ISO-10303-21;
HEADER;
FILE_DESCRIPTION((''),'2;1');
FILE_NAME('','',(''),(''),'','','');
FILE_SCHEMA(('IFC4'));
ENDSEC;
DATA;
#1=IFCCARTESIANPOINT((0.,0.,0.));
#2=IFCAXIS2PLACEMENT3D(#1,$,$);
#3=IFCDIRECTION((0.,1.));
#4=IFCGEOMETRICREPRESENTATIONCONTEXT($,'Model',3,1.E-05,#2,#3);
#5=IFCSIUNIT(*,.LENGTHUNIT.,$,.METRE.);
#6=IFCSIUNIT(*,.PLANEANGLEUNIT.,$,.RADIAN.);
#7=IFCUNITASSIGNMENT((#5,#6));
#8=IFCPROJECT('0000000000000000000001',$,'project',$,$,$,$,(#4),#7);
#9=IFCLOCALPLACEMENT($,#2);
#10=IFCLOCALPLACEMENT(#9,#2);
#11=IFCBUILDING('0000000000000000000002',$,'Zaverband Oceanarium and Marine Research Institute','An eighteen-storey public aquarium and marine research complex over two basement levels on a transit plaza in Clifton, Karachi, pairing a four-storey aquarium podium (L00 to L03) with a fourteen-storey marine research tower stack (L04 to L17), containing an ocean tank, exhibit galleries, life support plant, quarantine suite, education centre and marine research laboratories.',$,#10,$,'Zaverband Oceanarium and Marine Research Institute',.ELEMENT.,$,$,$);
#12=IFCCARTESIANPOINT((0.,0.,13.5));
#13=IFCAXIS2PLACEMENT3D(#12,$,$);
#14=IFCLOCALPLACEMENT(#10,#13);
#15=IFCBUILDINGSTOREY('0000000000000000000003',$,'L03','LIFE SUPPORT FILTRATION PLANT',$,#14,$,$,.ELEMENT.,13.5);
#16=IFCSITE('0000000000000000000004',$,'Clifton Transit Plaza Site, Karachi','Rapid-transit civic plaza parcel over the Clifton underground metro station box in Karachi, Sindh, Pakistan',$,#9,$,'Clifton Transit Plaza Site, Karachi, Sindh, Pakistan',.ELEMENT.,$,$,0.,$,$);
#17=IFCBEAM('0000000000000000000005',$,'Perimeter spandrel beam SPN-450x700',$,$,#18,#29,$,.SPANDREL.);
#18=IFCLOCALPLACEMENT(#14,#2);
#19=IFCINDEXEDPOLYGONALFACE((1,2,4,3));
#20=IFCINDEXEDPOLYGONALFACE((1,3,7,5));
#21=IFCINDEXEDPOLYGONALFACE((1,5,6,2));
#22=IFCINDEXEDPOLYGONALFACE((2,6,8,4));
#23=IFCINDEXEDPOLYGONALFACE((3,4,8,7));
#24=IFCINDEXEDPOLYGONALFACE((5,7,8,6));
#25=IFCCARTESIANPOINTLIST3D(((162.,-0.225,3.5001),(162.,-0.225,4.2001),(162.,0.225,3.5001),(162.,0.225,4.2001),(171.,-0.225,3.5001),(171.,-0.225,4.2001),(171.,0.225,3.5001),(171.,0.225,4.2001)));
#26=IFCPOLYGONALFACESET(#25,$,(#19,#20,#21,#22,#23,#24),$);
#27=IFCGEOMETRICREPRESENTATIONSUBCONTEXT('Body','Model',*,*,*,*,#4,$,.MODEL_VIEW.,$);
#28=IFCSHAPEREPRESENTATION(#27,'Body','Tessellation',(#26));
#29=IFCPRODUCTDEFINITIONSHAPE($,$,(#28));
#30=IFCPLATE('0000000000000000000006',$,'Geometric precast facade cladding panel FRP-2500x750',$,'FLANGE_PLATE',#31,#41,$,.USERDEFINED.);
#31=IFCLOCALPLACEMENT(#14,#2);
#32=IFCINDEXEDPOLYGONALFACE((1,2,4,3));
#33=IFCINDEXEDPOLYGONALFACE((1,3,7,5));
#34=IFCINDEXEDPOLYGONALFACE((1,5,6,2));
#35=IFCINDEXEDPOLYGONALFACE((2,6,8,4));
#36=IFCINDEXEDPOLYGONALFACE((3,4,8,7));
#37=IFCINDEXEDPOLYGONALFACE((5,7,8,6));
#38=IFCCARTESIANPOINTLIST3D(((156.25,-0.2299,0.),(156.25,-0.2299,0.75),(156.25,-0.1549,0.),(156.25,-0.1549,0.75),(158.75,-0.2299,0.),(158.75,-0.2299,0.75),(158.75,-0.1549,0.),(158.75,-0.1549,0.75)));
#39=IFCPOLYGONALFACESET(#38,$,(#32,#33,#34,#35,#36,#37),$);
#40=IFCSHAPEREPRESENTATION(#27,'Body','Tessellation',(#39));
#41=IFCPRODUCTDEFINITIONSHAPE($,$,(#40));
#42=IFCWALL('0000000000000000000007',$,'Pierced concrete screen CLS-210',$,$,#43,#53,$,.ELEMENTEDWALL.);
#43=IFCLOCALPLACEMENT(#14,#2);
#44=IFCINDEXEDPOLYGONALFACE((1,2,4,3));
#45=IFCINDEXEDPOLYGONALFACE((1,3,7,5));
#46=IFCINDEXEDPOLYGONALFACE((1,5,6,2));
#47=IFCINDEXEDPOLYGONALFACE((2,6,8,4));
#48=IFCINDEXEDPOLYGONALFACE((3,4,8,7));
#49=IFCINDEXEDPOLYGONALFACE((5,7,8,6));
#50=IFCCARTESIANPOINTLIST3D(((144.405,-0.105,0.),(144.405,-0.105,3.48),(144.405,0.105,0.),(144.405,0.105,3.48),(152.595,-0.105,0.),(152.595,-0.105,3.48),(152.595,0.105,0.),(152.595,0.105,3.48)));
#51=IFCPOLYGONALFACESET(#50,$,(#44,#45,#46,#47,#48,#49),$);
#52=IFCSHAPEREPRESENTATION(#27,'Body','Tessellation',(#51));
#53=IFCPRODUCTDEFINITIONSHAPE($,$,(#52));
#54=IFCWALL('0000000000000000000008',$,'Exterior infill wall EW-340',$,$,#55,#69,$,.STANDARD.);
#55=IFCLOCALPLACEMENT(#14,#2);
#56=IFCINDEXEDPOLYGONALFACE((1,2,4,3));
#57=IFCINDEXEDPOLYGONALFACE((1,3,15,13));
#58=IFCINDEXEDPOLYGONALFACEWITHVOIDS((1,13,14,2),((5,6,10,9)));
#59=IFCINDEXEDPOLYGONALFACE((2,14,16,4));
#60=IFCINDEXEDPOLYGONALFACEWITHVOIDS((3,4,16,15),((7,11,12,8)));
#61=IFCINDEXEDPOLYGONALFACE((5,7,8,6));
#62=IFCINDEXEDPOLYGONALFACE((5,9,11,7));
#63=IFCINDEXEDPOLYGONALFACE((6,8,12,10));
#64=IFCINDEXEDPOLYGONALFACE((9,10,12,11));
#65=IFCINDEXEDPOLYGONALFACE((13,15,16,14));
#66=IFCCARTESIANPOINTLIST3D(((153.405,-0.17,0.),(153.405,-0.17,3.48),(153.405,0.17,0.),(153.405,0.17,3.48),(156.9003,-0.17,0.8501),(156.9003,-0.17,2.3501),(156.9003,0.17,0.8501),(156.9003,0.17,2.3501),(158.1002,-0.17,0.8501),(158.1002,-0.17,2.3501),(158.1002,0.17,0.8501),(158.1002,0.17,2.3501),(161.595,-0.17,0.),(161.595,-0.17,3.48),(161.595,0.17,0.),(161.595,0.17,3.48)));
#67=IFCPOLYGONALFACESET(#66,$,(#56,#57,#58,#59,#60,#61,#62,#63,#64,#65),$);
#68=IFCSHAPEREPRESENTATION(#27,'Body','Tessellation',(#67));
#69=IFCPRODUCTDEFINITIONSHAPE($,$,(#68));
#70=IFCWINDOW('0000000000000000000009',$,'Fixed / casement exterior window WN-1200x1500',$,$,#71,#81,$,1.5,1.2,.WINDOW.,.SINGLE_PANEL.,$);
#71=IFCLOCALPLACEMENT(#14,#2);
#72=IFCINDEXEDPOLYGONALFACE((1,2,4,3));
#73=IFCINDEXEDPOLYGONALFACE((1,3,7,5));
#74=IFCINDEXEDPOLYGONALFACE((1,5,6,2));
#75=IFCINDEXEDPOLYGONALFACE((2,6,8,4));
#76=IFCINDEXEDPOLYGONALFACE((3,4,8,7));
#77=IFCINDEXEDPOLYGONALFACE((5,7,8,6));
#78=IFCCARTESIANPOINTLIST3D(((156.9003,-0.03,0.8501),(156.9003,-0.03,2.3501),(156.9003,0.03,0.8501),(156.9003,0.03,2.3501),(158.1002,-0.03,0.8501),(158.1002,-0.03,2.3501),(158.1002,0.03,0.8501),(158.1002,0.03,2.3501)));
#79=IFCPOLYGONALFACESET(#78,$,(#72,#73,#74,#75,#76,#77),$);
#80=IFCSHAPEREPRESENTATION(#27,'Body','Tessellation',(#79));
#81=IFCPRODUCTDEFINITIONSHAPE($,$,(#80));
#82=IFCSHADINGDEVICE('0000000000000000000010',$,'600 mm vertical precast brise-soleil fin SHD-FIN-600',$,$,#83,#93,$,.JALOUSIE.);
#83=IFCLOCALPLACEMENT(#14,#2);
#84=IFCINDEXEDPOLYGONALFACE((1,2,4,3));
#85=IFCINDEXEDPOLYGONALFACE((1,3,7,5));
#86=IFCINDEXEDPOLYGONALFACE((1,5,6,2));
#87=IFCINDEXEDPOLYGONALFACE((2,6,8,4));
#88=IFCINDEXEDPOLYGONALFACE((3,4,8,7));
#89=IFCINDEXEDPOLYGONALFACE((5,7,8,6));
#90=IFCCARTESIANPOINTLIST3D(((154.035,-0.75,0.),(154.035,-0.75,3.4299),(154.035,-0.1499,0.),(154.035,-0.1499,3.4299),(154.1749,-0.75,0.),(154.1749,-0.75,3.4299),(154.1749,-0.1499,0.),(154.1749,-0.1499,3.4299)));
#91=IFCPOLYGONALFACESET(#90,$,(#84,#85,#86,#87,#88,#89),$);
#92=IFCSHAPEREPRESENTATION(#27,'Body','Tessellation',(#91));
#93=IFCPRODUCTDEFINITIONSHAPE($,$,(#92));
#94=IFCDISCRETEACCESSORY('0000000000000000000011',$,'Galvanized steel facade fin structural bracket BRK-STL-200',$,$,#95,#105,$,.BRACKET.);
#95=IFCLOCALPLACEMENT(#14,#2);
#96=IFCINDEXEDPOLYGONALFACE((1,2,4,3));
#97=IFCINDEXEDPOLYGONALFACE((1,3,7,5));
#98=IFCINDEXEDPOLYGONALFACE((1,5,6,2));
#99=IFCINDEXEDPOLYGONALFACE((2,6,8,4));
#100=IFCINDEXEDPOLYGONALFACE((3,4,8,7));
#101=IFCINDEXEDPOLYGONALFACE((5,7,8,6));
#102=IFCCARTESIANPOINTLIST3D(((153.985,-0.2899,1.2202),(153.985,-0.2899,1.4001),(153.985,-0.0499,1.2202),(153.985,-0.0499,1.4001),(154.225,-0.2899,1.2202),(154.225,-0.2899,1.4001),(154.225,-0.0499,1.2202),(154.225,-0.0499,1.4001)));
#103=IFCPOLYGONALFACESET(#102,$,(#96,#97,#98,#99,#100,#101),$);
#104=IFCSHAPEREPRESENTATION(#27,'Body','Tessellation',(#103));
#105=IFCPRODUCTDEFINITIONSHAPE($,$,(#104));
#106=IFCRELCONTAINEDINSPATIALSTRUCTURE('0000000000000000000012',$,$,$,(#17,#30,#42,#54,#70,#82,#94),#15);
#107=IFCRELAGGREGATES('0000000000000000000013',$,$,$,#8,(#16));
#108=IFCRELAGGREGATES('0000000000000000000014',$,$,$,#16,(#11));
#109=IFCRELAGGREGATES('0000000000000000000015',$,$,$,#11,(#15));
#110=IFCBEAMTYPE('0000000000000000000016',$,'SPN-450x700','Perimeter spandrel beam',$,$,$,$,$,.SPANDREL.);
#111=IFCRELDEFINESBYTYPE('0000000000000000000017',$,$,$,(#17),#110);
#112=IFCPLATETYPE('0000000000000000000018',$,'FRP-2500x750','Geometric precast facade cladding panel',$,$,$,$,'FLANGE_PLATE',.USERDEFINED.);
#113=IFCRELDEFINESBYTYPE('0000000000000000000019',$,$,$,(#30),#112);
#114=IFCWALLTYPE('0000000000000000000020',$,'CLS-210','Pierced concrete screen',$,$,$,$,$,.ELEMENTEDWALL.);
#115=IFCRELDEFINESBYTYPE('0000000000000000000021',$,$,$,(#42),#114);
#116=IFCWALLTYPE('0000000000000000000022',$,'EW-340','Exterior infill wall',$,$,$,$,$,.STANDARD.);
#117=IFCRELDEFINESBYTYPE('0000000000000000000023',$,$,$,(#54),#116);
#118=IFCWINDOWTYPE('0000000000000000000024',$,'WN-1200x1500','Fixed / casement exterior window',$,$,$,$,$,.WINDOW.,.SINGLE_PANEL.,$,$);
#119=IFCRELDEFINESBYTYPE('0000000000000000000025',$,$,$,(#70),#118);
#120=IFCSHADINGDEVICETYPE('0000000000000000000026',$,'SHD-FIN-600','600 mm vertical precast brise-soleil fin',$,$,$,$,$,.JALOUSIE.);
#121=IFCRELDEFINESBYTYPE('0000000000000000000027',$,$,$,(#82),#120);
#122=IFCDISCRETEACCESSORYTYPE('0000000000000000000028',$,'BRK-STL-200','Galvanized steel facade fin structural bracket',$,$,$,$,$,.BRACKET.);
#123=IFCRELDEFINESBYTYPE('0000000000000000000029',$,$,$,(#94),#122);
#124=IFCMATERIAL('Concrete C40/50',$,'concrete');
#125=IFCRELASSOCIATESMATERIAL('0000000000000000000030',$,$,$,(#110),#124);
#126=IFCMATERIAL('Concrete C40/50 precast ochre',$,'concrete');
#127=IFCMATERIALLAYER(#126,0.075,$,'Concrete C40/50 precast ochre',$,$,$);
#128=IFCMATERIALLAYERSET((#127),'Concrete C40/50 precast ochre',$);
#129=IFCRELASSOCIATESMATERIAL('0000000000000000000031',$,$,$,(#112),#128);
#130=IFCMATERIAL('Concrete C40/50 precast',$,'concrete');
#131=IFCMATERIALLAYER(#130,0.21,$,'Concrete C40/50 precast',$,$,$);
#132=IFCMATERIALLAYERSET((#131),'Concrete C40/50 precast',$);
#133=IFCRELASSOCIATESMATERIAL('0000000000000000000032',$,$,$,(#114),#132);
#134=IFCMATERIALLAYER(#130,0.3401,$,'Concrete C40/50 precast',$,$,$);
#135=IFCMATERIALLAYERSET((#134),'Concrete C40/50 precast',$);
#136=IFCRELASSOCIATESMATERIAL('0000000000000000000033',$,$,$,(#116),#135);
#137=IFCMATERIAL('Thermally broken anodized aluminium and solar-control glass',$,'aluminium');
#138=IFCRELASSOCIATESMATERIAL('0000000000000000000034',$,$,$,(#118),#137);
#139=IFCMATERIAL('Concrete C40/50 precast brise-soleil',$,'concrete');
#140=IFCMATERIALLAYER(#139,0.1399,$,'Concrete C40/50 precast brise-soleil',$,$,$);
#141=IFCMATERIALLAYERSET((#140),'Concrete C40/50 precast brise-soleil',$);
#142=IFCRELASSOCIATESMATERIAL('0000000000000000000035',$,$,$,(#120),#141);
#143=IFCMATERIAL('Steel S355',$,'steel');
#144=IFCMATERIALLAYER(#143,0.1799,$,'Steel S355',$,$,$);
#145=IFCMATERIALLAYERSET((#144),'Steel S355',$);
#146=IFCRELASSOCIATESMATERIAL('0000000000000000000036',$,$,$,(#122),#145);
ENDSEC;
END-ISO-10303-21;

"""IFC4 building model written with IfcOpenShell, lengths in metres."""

from ifc_helpers import new_model, si_unit, direction, frame, frame_2d, origin, origin_2d, place, context, subcontext, project, spatial, rectangle, extrude, material, layer, layer_set, material_profile, profile_set, type_object, element, fill, save


model = new_model("IFC4")

# Units and contexts
model_context = context("Model", 3, precision=1e-05, world=origin(), true_north=direction((0.0, 1.0)))
body_context = subcontext(model_context, "Body", "Model", "MODEL_VIEW")
ifc_project = project(units=[si_unit("LENGTHUNIT", "METRE"), si_unit("PLANEANGLEUNIT", "RADIAN")], contexts=[model_context])

# Site, building, storey
site_placement = place(None, origin())
site = spatial("IfcSite", under=ifc_project, at=site_placement, Name="Clifton Transit Plaza Site, Karachi", Description="Rapid-transit civic plaza parcel over the Clifton underground metro station box in Karachi, Sindh, Pakistan", LongName="Clifton Transit Plaza Site, Karachi, Sindh, Pakistan", CompositionType="ELEMENT", RefElevation=0.0)
building_placement = place(site_placement, origin())
building = spatial("IfcBuilding", under=site, at=building_placement, Name="Zaverband Oceanarium and Marine Research Institute", Description="An eighteen-storey public aquarium and marine research complex over two basement levels on a transit plaza in Clifton, Karachi, pairing a four-storey aquarium podium (L00 to L03) with a fourteen-storey marine research tower stack (L04 to L17), containing an ocean tank, exhibit galleries, life support plant, quarantine suite, education centre and marine research laboratories.", LongName="Zaverband Oceanarium and Marine Research Institute", CompositionType="ELEMENT")
storey_placement = place(building_placement, frame((0.0, 0.0, 13.5)))
storey = spatial("IfcBuildingStorey", under=building, at=storey_placement, Name="L03", Description="LIFE SUPPORT FILTRATION PLANT", CompositionType="ELEMENT", Elevation=13.5)

# Beam
ifc_material_1 = material(Name="Concrete C40/50", Category="concrete")
ifc_material_profile_1 = material_profile(ifc_material_1, rectangle(XDim=0.45, YDim=0.7, at=origin_2d()), Name="RC450x700")
ifc_profile_set_1 = profile_set([ifc_material_profile_1], Name="Concrete C40/50")
beam_type_1 = type_object("IfcBeamType", Name="SPN-450x700", Description="Perimeter spandrel beam", PredefinedType="SPANDREL", material=ifc_profile_set_1)
for number, where, z_axis, x_axis, name in (
    (1, (162.0, 0.0, 3.8501), (1.0, 0.0, 0.0), (0.0, 1.0, 0.0), "Perimeter spandrel beam SPN-450x700"),
):
    element("IfcBeam", number, at=place(storey_placement, frame(where, z_axis=z_axis, x_axis=x_axis)), inside=storey, type_object=beam_type_1, Name=name, PredefinedType="SPANDREL", context=body_context, shape_type="SweptSolid", body=[
        extrude(rectangle(XDim=0.45, YDim=0.7, at=origin_2d()), origin(), (0.0, 0.0, 1.0), 9.0),
    ])

# Plate
ifc_material_2 = material(Name="Concrete C40/50 precast ochre", Category="concrete")
ifc_layer_1 = layer(ifc_material_2, 0.075, Name="Concrete C40/50 precast ochre")
ifc_layer_set_1 = layer_set([ifc_layer_1], Name="Concrete C40/50 precast ochre")
plate_type = type_object("IfcPlateType", Name="FRP-2500x750", Description="Geometric precast facade cladding panel", ElementType="FLANGE_PLATE", PredefinedType="USERDEFINED", material=ifc_layer_set_1)
plate_placement = place(storey_placement, frame((156.25, -0.1924, 0.0), z_axis=(0.0, 0.0, 1.0), x_axis=(1.0, 0.0, 0.0)))
element("IfcPlate", 2, at=plate_placement, inside=storey, type_object=plate_type, Name="Geometric precast facade cladding panel FRP-2500x750", ObjectType="FLANGE_PLATE", PredefinedType="USERDEFINED", context=body_context, shape_type="SweptSolid", body=[
    extrude(rectangle(XDim=2.5, YDim=0.075, at=frame_2d((1.25, 0.0))), origin(), (0.0, 0.0, 1.0), 0.75),
])

# Wall
ifc_material_3 = material(Name="Concrete C40/50 precast", Category="concrete")
ifc_layer_2 = layer(ifc_material_3, 0.21, Name="Concrete C40/50 precast")
ifc_layer_set_2 = layer_set([ifc_layer_2], Name="Concrete C40/50 precast")
wall_type_1 = type_object("IfcWallType", Name="CLS-210", Description="Pierced concrete screen", PredefinedType="ELEMENTEDWALL", material=ifc_layer_set_2)
wall_1_placement = place(storey_placement, frame((144.405, 0.0, 0.0), z_axis=(0.0, 0.0, 1.0), x_axis=(1.0, 0.0, 0.0)))
element("IfcWall", 3, at=wall_1_placement, inside=storey, type_object=wall_type_1, Name="Pierced concrete screen CLS-210", PredefinedType="ELEMENTEDWALL", context=body_context, shape_type="SweptSolid", body=[
    extrude(rectangle(XDim=8.1899, YDim=0.21, at=frame_2d((4.095, 0.0))), origin(), (0.0, 0.0, 1.0), 3.48),
])

# Wall, opening, window
ifc_layer_3 = layer(ifc_material_3, 0.3401, Name="Concrete C40/50 precast")
ifc_layer_set_3 = layer_set([ifc_layer_3], Name="Concrete C40/50 precast")
wall_type_2 = type_object("IfcWallType", Name="EW-340", Description="Exterior infill wall", PredefinedType="STANDARD", material=ifc_layer_set_3)
wall_2_placement = place(storey_placement, frame((153.405, 0.0, 0.0), z_axis=(0.0, 0.0, 1.0), x_axis=(1.0, 0.0, 0.0)))
wall_2 = element("IfcWall", 4, at=wall_2_placement, inside=storey, type_object=wall_type_2, Name="Exterior infill wall EW-340", PredefinedType="STANDARD", context=body_context, shape_type="SweptSolid", body=[
    extrude(rectangle(XDim=8.1899, YDim=0.3401, at=frame_2d((4.095, 0.0))), origin(), (0.0, 0.0, 1.0), 3.48),
])
opening_placement = place(wall_2_placement, frame((3.4951, 0.0, 0.8501)))
opening = element("IfcOpeningElement", 5, at=opening_placement, cuts=wall_2, PredefinedType="OPENING", context=body_context, shape_type="SweptSolid", body=[
    extrude(rectangle(XDim=1.2, YDim=1.5, at=frame_2d((0.6001, 0.75))), frame((0.0, 0.1821, 0.0), z_axis=(0.0, -1.0, 0.0), x_axis=(1.0, 0.0, 0.0)), (0.0, 0.0, 1.0), 0.364),
])
ifc_material_4 = material(Name="Thermally broken anodized aluminium and solar-control glass", Category="aluminium")
window_type = type_object("IfcWindowType", Name="WN-1200x1500", Description="Fixed / casement exterior window", PartitioningType="SINGLE_PANEL", PredefinedType="WINDOW", material=ifc_material_4)
window_placement = place(opening_placement, origin())
window = element("IfcWindow", 6, at=window_placement, inside=storey, type_object=window_type, Name="Fixed / casement exterior window WN-1200x1500", OverallHeight=1.5, OverallWidth=1.2, PartitioningType="SINGLE_PANEL", PredefinedType="WINDOW", context=body_context, shape_type="SweptSolid", body=[
    extrude(rectangle(XDim=1.2, YDim=1.5, at=frame_2d((0.6001, 0.75))), frame((0.0, 0.03, 0.0), z_axis=(0.0, -1.0, 0.0), x_axis=(1.0, 0.0, 0.0)), (0.0, 0.0, 1.0), 0.0601),
])
fill(opening, window)

# Shading device
ifc_material_5 = material(Name="Concrete C40/50 precast brise-soleil", Category="concrete")
ifc_layer_4 = layer(ifc_material_5, 0.1399, Name="Concrete C40/50 precast brise-soleil")
ifc_layer_set_4 = layer_set([ifc_layer_4], Name="Concrete C40/50 precast brise-soleil")
shading_device_type = type_object("IfcShadingDeviceType", Name="SHD-FIN-600", Description="600 mm vertical precast brise-soleil fin", PredefinedType="JALOUSIE", material=ifc_layer_set_4)
shading_device_placement = place(storey_placement, frame((154.105, -0.1499, 0.0), z_axis=(0.0, 0.0, 1.0), x_axis=(0.0, -1.0, 0.0)))
element("IfcShadingDevice", 7, at=shading_device_placement, inside=storey, type_object=shading_device_type, Name="600 mm vertical precast brise-soleil fin SHD-FIN-600", PredefinedType="JALOUSIE", context=body_context, shape_type="SweptSolid", body=[
    extrude(rectangle(XDim=0.6001, YDim=0.1399, at=frame_2d((0.3, 0.0))), origin(), (0.0, 0.0, 1.0), 3.4299),
])

# Discrete accessory
ifc_material_6 = material(Name="Steel S355", Category="steel")
ifc_layer_5 = layer(ifc_material_6, 0.1799, Name="Steel S355")
ifc_layer_set_5 = layer_set([ifc_layer_5], Name="Steel S355")
discrete_accessory_type = type_object("IfcDiscreteAccessoryType", Name="BRK-STL-200", Description="Galvanized steel facade fin structural bracket", PredefinedType="BRACKET", material=ifc_layer_set_5)
discrete_accessory_placement = place(storey_placement, frame((154.105, -0.1699, 1.2202), z_axis=(0.0, 0.0, 1.0), x_axis=(1.0, 0.0, 0.0)))
element("IfcDiscreteAccessory", 8, at=discrete_accessory_placement, inside=storey, type_object=discrete_accessory_type, Name="Galvanized steel facade fin structural bracket BRK-STL-200", PredefinedType="BRACKET", context=body_context, shape_type="SweptSolid", body=[
    extrude(rectangle(XDim=0.24, YDim=0.24, at=origin_2d()), origin(), (0.0, 0.0, 1.0), 0.1799),
])

save(model, "model.ifc")
